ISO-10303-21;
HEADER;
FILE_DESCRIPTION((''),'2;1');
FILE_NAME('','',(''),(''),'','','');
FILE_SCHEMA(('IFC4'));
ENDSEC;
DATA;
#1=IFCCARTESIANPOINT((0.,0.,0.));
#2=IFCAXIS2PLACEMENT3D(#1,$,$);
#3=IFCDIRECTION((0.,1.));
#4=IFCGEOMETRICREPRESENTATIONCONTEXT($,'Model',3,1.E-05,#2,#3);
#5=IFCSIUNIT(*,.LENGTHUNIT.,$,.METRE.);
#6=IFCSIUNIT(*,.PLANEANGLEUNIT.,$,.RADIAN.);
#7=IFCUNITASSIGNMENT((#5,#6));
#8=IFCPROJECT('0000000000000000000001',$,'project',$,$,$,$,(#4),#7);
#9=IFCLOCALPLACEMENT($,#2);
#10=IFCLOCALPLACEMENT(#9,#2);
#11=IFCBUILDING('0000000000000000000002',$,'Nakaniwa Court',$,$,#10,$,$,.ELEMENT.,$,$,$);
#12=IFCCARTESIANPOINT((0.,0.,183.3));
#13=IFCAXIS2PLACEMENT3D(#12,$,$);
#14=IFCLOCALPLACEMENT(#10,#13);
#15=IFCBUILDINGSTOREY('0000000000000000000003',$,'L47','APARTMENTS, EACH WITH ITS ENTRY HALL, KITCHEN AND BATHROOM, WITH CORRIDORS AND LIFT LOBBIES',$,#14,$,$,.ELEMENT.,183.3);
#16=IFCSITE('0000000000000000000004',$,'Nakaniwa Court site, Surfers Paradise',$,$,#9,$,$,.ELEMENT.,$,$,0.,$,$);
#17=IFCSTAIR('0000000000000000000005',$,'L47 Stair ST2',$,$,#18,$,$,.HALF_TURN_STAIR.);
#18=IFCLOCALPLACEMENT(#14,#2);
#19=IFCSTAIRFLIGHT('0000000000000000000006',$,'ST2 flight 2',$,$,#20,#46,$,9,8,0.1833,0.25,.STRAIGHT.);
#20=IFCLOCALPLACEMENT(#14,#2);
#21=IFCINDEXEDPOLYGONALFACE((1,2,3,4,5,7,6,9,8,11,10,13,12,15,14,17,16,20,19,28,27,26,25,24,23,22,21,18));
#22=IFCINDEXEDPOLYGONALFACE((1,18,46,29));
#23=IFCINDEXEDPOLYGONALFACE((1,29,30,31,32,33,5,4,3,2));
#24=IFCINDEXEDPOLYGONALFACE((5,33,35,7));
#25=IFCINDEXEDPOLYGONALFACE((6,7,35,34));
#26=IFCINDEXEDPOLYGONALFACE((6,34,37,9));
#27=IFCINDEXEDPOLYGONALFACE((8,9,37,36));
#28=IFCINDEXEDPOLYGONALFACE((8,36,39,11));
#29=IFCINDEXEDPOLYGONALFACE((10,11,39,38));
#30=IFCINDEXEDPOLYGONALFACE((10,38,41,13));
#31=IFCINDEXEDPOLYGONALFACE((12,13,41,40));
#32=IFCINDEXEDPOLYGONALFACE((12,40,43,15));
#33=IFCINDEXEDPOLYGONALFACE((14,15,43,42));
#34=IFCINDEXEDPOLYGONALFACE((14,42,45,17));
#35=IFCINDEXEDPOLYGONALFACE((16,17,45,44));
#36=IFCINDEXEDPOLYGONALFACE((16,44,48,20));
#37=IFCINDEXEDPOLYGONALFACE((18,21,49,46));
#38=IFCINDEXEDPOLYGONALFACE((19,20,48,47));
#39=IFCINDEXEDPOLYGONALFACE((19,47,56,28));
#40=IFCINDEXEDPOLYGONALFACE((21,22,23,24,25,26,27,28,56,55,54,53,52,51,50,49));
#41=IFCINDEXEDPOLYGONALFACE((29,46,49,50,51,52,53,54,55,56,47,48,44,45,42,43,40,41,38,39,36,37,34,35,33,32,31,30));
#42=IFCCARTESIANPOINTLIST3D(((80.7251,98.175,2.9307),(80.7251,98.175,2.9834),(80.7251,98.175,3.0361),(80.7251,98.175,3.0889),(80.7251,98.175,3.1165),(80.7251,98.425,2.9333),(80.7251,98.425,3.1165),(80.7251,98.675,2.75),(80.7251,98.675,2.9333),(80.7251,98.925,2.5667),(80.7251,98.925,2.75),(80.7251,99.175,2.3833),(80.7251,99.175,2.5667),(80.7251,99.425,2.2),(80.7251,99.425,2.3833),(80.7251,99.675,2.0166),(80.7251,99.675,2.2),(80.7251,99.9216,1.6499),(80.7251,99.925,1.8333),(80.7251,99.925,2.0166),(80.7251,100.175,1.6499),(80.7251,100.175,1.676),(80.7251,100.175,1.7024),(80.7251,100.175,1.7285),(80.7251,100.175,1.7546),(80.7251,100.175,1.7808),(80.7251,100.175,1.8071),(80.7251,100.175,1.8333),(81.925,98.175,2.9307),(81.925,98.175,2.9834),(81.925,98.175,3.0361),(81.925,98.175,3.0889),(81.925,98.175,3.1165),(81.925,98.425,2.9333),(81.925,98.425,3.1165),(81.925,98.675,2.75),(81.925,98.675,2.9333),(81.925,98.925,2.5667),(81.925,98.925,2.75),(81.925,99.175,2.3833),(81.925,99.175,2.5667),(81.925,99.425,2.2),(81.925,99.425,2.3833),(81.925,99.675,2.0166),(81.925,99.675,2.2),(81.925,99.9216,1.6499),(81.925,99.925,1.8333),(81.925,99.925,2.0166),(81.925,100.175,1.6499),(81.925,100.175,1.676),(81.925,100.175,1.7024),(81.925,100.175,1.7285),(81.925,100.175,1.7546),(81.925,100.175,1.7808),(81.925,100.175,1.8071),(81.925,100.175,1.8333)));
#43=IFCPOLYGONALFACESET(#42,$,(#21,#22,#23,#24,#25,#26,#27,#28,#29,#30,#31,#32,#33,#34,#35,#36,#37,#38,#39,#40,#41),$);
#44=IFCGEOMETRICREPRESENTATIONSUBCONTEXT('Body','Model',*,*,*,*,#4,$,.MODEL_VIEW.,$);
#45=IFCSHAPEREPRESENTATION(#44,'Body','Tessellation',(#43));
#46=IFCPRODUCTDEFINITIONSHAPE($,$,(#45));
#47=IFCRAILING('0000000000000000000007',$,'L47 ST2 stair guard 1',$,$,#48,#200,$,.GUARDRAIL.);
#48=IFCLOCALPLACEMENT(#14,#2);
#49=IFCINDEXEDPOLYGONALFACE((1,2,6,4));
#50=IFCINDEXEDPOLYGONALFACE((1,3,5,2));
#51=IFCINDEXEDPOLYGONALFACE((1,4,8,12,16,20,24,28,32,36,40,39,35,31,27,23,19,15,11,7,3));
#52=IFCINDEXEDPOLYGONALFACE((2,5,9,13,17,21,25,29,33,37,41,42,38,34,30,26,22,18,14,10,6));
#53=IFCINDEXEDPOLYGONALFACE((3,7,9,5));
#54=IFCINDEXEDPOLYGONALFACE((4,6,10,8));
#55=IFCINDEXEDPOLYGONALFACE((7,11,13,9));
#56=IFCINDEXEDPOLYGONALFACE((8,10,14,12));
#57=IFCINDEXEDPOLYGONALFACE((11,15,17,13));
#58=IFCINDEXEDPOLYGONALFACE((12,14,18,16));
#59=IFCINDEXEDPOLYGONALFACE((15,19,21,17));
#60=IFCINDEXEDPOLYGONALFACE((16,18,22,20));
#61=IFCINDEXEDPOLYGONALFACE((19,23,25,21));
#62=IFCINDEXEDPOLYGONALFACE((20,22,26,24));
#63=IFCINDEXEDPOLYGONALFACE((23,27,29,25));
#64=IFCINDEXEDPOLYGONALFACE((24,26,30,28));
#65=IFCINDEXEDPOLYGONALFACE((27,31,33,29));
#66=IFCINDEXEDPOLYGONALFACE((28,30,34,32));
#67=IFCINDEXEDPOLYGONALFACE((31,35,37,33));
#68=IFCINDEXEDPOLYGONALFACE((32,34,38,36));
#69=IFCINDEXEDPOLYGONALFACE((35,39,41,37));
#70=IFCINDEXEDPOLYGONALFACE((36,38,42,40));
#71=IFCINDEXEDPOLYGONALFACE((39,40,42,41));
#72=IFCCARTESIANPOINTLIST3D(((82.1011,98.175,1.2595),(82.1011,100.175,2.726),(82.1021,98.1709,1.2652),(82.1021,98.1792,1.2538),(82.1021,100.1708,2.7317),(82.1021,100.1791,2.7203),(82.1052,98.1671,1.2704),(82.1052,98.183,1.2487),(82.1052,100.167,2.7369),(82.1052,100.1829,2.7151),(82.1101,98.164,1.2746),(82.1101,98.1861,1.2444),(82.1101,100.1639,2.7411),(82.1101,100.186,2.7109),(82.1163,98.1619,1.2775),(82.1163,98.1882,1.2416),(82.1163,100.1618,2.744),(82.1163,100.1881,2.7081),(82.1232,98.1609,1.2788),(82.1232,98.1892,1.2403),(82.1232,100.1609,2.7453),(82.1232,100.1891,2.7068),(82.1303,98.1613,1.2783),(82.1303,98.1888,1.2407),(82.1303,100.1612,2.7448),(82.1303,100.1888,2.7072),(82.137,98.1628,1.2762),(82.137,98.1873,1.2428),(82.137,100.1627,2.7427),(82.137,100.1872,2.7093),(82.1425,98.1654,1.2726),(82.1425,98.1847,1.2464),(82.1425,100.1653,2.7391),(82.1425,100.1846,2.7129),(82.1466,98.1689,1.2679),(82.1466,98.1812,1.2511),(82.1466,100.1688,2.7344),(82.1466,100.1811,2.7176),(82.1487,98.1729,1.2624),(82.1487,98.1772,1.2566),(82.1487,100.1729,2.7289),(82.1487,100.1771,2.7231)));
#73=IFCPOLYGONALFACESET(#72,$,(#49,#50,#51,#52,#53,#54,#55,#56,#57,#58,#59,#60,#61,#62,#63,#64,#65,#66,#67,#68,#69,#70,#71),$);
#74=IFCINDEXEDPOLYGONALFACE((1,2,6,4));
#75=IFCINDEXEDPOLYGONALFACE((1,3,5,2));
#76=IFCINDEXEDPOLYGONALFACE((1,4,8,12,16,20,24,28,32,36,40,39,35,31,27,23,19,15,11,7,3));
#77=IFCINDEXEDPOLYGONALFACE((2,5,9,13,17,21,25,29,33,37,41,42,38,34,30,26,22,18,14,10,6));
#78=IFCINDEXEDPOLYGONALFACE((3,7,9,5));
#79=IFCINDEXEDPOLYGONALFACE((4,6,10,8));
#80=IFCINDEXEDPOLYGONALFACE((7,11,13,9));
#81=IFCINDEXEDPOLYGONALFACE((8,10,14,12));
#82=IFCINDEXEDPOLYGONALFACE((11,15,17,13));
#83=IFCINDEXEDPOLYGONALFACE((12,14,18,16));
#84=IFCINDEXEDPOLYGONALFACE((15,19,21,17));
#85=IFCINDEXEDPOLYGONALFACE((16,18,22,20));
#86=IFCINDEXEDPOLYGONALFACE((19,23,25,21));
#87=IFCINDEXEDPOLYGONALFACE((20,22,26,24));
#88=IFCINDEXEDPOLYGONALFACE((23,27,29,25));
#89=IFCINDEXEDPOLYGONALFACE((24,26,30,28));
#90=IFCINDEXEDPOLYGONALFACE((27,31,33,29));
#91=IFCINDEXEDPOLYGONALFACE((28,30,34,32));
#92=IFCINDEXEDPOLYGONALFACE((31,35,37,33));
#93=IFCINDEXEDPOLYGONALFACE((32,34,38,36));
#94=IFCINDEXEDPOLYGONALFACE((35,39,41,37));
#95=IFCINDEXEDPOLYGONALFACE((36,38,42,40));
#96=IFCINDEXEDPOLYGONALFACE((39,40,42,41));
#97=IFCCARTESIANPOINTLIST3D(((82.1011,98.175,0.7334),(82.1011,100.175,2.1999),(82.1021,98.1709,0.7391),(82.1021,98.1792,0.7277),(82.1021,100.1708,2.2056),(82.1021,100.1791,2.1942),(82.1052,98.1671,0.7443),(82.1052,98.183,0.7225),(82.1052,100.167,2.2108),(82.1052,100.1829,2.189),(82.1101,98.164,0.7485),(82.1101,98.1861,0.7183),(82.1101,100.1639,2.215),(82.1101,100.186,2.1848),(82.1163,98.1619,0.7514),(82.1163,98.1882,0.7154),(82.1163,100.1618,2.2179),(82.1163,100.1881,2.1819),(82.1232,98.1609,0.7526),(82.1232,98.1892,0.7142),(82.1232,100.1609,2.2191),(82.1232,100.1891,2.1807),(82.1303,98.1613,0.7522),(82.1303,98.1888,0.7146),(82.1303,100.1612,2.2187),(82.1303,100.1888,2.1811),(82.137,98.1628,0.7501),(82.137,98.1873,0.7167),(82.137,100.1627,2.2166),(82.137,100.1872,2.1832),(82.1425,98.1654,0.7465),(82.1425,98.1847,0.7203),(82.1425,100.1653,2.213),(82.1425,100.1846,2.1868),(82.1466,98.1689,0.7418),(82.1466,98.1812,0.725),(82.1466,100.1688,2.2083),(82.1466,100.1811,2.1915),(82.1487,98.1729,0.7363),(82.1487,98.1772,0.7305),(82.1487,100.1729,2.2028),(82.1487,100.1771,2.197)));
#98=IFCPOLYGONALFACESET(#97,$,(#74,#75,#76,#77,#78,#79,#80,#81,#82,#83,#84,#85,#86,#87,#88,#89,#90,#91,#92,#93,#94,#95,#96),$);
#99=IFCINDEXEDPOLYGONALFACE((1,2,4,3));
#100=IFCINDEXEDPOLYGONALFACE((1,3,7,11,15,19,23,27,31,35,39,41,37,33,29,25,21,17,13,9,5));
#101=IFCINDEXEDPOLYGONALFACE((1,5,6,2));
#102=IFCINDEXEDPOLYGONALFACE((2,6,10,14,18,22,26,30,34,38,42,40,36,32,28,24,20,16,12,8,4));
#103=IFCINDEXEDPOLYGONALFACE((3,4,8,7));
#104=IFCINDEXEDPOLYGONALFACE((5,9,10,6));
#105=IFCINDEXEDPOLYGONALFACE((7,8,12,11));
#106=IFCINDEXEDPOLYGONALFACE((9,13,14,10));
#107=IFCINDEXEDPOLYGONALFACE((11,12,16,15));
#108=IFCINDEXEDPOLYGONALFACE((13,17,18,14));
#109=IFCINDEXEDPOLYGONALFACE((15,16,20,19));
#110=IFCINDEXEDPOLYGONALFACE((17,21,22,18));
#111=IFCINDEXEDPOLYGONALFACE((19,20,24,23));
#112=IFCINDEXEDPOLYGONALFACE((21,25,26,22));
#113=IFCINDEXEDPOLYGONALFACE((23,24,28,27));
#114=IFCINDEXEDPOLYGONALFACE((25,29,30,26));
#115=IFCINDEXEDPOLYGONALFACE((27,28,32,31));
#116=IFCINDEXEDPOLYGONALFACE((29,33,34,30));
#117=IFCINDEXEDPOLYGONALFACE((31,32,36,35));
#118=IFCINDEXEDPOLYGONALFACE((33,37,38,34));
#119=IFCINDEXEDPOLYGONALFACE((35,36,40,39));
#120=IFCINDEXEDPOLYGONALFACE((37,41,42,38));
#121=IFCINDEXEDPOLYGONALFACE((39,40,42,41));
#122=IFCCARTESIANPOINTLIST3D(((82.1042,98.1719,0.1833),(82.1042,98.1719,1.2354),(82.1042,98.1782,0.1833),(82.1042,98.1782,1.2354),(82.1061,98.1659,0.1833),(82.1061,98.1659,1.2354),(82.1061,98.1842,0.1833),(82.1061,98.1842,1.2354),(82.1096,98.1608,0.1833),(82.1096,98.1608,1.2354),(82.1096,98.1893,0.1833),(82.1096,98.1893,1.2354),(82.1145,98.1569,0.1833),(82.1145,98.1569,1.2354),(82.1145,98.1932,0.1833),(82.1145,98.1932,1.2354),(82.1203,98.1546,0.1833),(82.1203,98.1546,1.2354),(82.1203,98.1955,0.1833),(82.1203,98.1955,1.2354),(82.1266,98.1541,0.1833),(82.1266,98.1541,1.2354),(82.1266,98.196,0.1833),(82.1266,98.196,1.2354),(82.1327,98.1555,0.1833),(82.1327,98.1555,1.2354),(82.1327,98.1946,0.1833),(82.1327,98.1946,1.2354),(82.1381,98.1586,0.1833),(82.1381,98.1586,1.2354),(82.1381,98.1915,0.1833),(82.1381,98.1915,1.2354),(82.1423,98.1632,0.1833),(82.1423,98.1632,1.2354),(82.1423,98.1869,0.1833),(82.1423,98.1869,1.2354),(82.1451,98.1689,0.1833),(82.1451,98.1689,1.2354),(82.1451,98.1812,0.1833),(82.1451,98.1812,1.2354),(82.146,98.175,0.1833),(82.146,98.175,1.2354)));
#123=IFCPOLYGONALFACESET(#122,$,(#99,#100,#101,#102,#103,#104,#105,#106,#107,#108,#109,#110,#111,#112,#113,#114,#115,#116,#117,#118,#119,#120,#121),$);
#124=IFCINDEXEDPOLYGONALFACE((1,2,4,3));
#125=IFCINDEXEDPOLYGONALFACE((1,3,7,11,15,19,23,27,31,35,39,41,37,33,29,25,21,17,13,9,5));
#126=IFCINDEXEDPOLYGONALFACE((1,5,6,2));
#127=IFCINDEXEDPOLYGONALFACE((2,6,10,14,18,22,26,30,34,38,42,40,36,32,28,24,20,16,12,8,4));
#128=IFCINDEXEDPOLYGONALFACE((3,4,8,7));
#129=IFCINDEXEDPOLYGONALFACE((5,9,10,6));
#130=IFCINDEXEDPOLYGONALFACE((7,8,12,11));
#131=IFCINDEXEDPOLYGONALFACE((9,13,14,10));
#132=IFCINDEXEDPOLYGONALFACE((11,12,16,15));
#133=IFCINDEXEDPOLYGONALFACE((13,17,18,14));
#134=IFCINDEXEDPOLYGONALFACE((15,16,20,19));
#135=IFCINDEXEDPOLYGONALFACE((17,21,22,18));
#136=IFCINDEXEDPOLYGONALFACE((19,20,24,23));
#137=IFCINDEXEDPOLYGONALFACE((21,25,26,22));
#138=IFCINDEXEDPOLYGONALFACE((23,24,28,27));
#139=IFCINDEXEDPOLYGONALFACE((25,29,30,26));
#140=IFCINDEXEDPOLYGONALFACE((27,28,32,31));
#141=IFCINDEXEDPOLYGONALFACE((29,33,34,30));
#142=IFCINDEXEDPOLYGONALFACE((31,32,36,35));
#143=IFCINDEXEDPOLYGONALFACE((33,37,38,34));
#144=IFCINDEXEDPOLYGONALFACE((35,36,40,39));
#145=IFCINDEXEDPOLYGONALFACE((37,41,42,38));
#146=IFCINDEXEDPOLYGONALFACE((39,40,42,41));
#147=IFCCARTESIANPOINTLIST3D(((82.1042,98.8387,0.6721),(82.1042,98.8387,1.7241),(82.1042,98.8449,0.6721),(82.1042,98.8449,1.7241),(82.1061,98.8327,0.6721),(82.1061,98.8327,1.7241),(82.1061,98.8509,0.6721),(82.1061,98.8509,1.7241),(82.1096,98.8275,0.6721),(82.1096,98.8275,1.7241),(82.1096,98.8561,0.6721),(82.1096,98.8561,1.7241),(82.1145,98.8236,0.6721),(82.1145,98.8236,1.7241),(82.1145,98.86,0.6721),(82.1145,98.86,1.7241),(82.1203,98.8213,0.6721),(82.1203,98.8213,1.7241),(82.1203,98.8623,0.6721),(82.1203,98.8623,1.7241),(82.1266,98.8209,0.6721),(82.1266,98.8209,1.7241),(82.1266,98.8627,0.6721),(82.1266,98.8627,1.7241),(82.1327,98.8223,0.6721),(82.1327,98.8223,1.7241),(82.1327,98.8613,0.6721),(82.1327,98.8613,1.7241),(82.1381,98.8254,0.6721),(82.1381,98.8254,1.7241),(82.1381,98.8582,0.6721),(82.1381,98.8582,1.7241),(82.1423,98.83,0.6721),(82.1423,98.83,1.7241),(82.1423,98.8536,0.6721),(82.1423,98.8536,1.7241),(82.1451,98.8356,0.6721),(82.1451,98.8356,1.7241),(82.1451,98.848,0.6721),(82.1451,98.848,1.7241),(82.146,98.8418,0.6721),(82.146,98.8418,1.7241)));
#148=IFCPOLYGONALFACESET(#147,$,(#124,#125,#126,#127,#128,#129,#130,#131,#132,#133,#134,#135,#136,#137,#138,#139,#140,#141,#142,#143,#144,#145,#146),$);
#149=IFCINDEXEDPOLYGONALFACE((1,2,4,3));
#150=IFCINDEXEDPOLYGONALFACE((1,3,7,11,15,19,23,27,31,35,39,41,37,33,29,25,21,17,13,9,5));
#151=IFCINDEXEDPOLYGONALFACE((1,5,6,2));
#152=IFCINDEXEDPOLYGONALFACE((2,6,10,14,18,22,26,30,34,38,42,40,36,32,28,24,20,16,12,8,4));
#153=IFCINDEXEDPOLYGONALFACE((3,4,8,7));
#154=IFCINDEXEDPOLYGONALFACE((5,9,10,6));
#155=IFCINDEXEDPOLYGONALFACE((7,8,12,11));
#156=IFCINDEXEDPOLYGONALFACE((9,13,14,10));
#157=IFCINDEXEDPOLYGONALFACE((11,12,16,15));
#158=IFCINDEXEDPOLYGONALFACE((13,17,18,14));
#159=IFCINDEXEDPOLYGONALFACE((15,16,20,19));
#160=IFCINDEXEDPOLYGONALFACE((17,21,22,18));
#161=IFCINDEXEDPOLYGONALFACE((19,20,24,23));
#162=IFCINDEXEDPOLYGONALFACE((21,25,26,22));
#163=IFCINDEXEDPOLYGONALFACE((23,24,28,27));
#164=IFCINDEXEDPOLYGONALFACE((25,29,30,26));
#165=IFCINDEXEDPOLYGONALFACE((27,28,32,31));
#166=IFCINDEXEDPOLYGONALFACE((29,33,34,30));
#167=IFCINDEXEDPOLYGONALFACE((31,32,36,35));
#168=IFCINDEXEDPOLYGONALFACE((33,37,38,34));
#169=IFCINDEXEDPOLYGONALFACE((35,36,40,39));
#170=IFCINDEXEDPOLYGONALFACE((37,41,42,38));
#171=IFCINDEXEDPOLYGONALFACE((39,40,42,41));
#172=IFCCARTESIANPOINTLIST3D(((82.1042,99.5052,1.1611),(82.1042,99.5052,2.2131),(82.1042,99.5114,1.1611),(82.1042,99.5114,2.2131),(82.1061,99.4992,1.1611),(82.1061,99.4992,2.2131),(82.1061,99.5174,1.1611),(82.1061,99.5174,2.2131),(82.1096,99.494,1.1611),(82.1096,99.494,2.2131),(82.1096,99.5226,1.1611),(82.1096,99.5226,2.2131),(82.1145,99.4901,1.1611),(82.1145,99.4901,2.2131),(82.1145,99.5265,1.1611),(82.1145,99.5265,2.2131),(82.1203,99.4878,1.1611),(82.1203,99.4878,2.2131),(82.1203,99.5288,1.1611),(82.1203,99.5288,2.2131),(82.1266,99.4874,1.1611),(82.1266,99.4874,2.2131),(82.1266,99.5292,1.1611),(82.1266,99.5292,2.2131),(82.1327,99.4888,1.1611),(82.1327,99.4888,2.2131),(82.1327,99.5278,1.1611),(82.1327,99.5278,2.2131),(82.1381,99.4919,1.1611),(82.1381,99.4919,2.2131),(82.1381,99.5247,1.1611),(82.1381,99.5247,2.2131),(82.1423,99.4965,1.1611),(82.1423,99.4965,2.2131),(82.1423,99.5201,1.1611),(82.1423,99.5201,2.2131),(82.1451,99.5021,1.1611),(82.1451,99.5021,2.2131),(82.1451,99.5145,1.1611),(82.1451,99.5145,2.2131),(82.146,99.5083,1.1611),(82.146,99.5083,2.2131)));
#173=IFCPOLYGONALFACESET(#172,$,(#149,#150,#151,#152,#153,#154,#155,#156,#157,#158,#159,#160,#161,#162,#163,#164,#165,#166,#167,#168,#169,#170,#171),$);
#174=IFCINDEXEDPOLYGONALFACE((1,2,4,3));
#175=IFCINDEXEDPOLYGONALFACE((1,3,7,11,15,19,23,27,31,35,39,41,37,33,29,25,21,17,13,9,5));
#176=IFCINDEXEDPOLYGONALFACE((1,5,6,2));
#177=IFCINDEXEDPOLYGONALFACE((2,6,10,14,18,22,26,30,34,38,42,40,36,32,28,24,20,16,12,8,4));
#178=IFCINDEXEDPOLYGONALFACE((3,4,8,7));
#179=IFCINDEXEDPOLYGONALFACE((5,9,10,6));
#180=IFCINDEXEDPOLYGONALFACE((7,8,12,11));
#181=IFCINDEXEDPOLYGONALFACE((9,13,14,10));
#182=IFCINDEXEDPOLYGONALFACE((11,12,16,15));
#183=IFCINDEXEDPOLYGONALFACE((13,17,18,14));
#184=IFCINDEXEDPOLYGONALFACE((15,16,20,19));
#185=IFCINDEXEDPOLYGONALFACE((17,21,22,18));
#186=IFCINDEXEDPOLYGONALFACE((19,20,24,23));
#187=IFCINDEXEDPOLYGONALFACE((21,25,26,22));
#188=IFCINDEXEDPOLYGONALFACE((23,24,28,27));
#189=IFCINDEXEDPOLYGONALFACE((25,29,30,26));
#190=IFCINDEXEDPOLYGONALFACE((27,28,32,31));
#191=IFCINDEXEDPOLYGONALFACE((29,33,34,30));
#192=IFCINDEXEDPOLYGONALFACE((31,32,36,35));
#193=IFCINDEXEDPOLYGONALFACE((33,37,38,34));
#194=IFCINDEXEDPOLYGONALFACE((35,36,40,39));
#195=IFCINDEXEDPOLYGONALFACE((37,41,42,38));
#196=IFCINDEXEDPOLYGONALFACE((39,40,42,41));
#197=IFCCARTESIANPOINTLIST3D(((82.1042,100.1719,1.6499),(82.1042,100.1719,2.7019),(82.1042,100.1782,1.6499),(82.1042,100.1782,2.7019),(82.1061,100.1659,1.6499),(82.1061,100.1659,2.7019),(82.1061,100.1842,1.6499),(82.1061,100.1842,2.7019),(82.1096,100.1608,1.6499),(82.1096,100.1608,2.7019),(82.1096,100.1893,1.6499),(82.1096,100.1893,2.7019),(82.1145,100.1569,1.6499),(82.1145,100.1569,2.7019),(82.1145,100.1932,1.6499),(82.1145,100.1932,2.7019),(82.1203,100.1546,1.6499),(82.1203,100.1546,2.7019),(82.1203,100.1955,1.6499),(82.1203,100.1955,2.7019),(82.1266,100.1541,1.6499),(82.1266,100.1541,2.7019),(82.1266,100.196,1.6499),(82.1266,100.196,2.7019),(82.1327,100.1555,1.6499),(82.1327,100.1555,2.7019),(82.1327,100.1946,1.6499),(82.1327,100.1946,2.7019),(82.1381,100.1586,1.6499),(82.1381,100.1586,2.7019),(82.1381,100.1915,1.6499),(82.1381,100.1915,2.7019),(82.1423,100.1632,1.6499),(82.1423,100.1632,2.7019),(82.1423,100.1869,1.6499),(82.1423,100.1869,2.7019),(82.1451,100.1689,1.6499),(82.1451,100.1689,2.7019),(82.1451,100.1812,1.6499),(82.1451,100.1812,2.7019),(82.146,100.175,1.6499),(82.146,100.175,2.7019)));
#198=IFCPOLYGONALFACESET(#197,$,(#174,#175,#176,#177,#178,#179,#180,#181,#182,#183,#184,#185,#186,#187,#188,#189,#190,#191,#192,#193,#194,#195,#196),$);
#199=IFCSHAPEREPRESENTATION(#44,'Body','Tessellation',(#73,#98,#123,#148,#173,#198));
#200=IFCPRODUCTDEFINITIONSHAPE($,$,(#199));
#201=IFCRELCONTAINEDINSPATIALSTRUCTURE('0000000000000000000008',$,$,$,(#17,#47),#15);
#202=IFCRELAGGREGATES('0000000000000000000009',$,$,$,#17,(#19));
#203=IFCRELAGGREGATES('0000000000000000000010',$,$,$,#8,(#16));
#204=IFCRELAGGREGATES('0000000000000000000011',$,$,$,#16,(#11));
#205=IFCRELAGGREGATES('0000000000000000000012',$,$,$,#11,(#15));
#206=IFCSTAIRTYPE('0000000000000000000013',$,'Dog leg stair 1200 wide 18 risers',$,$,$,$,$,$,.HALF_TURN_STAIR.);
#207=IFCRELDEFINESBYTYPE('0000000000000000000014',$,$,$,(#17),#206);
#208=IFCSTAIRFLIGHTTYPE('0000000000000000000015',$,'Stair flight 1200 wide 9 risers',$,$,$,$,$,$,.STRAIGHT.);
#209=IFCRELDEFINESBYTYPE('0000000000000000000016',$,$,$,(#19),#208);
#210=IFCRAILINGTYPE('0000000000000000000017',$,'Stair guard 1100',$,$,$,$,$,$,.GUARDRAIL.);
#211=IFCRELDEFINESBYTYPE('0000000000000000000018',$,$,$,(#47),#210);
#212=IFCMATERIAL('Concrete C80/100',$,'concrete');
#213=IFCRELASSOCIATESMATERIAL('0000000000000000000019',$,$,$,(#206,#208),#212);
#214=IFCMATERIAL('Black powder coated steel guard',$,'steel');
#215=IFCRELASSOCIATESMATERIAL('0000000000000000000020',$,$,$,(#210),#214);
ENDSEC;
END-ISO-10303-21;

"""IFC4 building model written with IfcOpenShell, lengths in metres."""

from ifc_helpers import new_model, si_unit, direction, frame, origin, origin_2d, place, context, subcontext, project, spatial, polyline, circle, outline, extrude, material, type_object, element, aggregate, save


model = new_model("IFC4")

# Units and contexts
model_context = context("Model", 3, precision=1e-05, world=origin(), true_north=direction((0.0, 1.0)))
body_context = subcontext(model_context, "Body", "Model", "MODEL_VIEW")
ifc_project = project(units=[si_unit("LENGTHUNIT", "METRE"), si_unit("PLANEANGLEUNIT", "RADIAN")], contexts=[model_context])

# Site, building, storey
site_placement = place(None, origin())
site = spatial("IfcSite", under=ifc_project, at=site_placement, Name="Nakaniwa Court site, Surfers Paradise", CompositionType="ELEMENT", RefElevation=0.0)
building_placement = place(site_placement, origin())
building = spatial("IfcBuilding", under=site, at=building_placement, Name="Nakaniwa Court", CompositionType="ELEMENT")
storey_placement = place(building_placement, frame((0.0, 0.0, 183.3)))
storey = spatial("IfcBuildingStorey", under=building, at=storey_placement, Name="L47", Description="APARTMENTS, EACH WITH ITS ENTRY HALL, KITCHEN AND BATHROOM, WITH CORRIDORS AND LIFT LOBBIES", CompositionType="ELEMENT", Elevation=183.3)

# Shared definitions
ifc_material_1 = material(Name="Concrete C80/100", Category="concrete")

# Stair, stair flight
stair_type = type_object("IfcStairType", Name="Dog leg stair 1200 wide 18 risers", PredefinedType="HALF_TURN_STAIR", material=ifc_material_1)
stair_placement = place(storey_placement, origin())
stair = element("IfcStair", 1, at=stair_placement, inside=storey, type_object=stair_type, Name="L47 Stair ST2", PredefinedType="HALF_TURN_STAIR")
stair_flight_type = type_object("IfcStairFlightType", Name="Stair flight 1200 wide 9 risers", PredefinedType="STRAIGHT", material=ifc_material_1)
stair_flight_1_placement = place(storey_placement, frame((81.325, 100.175, 1.6499), z_axis=(0.0, 0.0, 1.0), x_axis=(0.0, -1.0, 0.0)))
stair_flight_1 = element("IfcStairFlight", 2, at=stair_flight_1_placement, type_object=stair_flight_type, Name="ST2 flight 2", NumberOfRisers=9, NumberOfTreads=8, PredefinedType="STRAIGHT", RiserHeight=0.1833, TreadLength=0.25, context=body_context, shape_type="SweptSolid", body=[
    extrude(outline(polyline([(0.0, 0.0), (0.0, 0.0261), (0.0, 0.0525), (0.0, 0.0786), (0.0, 0.1047), (0.0, 0.1309), (0.0, 0.1572), (0.0, 0.1833), (0.25, 0.1833), (0.25, 0.3667), (0.5, 0.3667), (0.5, 0.55), (0.75, 0.55), (0.75, 0.7334), (1.0, 0.7334), (1.0, 0.9167), (1.25, 0.9167), (1.25, 1.1001), (1.5, 1.1001), (1.5, 1.2834), (1.75, 1.2834), (1.75, 1.4666), (2.0, 1.4666), (2.0, 1.6499), (2.0, 1.5972), (2.0, 1.5444), (2.0, 1.4917), (2.0, 1.439), (2.0, 1.3862), (2.0, 1.3335), (2.0, 1.2808), (0.2534, 0.0), (0.0, 0.0)])), frame((0.0, 0.6001, 0.0), z_axis=(0.0, -1.0, 0.0), x_axis=(1.0, 0.0, 0.0)), (0.0, 0.0, 1.0), 1.2),
])
aggregate(stair, [stair_flight_1])

# Railing
ifc_material_2 = material(Name="Black powder coated steel guard", Category="steel")
railing_type_1 = type_object("IfcRailingType", Name="Stair guard 1100", PredefinedType="GUARDRAIL", material=ifc_material_2)
railing_1_placement = place(storey_placement, frame((82.125, 98.175, 0.1833)))
element("IfcRailing", 3, at=railing_1_placement, inside=storey, type_object=railing_type_1, Name="L47 ST2 stair guard 1", PredefinedType="GUARDRAIL", context=body_context, shape_type="SweptSolid", body=[
    extrude(circle(Radius=0.0239, at=origin_2d()), frame((0.0, 0.0, 1.0762), z_axis=(0.0, 0.806427, 0.591334), x_axis=(-1.0, 0.0, 0.0)), (0.0, 0.0, 1.0), 2.48),
    extrude(circle(Radius=0.0239, at=origin_2d()), frame((0.0, 0.0, 0.55), z_axis=(0.0, 0.806427, 0.591334), x_axis=(-1.0, 0.0, 0.0)), (0.0, 0.0, 1.0), 2.48),
    extrude(circle(Radius=0.021, at=origin_2d()), origin(), (0.0, 0.0, 1.0), 1.052),
    extrude(circle(Radius=0.021, at=origin_2d()), frame((0.0, 0.6667, 0.4888)), (0.0, 0.0, 1.0), 1.052),
    extrude(circle(Radius=0.021, at=origin_2d()), frame((0.0, 1.3333, 0.9778)), (0.0, 0.0, 1.0), 1.052),
    extrude(circle(Radius=0.021, at=origin_2d()), frame((0.0, 2.0, 1.4666)), (0.0, 0.0, 1.0), 1.052),
])

save(model, "model.ifc")
